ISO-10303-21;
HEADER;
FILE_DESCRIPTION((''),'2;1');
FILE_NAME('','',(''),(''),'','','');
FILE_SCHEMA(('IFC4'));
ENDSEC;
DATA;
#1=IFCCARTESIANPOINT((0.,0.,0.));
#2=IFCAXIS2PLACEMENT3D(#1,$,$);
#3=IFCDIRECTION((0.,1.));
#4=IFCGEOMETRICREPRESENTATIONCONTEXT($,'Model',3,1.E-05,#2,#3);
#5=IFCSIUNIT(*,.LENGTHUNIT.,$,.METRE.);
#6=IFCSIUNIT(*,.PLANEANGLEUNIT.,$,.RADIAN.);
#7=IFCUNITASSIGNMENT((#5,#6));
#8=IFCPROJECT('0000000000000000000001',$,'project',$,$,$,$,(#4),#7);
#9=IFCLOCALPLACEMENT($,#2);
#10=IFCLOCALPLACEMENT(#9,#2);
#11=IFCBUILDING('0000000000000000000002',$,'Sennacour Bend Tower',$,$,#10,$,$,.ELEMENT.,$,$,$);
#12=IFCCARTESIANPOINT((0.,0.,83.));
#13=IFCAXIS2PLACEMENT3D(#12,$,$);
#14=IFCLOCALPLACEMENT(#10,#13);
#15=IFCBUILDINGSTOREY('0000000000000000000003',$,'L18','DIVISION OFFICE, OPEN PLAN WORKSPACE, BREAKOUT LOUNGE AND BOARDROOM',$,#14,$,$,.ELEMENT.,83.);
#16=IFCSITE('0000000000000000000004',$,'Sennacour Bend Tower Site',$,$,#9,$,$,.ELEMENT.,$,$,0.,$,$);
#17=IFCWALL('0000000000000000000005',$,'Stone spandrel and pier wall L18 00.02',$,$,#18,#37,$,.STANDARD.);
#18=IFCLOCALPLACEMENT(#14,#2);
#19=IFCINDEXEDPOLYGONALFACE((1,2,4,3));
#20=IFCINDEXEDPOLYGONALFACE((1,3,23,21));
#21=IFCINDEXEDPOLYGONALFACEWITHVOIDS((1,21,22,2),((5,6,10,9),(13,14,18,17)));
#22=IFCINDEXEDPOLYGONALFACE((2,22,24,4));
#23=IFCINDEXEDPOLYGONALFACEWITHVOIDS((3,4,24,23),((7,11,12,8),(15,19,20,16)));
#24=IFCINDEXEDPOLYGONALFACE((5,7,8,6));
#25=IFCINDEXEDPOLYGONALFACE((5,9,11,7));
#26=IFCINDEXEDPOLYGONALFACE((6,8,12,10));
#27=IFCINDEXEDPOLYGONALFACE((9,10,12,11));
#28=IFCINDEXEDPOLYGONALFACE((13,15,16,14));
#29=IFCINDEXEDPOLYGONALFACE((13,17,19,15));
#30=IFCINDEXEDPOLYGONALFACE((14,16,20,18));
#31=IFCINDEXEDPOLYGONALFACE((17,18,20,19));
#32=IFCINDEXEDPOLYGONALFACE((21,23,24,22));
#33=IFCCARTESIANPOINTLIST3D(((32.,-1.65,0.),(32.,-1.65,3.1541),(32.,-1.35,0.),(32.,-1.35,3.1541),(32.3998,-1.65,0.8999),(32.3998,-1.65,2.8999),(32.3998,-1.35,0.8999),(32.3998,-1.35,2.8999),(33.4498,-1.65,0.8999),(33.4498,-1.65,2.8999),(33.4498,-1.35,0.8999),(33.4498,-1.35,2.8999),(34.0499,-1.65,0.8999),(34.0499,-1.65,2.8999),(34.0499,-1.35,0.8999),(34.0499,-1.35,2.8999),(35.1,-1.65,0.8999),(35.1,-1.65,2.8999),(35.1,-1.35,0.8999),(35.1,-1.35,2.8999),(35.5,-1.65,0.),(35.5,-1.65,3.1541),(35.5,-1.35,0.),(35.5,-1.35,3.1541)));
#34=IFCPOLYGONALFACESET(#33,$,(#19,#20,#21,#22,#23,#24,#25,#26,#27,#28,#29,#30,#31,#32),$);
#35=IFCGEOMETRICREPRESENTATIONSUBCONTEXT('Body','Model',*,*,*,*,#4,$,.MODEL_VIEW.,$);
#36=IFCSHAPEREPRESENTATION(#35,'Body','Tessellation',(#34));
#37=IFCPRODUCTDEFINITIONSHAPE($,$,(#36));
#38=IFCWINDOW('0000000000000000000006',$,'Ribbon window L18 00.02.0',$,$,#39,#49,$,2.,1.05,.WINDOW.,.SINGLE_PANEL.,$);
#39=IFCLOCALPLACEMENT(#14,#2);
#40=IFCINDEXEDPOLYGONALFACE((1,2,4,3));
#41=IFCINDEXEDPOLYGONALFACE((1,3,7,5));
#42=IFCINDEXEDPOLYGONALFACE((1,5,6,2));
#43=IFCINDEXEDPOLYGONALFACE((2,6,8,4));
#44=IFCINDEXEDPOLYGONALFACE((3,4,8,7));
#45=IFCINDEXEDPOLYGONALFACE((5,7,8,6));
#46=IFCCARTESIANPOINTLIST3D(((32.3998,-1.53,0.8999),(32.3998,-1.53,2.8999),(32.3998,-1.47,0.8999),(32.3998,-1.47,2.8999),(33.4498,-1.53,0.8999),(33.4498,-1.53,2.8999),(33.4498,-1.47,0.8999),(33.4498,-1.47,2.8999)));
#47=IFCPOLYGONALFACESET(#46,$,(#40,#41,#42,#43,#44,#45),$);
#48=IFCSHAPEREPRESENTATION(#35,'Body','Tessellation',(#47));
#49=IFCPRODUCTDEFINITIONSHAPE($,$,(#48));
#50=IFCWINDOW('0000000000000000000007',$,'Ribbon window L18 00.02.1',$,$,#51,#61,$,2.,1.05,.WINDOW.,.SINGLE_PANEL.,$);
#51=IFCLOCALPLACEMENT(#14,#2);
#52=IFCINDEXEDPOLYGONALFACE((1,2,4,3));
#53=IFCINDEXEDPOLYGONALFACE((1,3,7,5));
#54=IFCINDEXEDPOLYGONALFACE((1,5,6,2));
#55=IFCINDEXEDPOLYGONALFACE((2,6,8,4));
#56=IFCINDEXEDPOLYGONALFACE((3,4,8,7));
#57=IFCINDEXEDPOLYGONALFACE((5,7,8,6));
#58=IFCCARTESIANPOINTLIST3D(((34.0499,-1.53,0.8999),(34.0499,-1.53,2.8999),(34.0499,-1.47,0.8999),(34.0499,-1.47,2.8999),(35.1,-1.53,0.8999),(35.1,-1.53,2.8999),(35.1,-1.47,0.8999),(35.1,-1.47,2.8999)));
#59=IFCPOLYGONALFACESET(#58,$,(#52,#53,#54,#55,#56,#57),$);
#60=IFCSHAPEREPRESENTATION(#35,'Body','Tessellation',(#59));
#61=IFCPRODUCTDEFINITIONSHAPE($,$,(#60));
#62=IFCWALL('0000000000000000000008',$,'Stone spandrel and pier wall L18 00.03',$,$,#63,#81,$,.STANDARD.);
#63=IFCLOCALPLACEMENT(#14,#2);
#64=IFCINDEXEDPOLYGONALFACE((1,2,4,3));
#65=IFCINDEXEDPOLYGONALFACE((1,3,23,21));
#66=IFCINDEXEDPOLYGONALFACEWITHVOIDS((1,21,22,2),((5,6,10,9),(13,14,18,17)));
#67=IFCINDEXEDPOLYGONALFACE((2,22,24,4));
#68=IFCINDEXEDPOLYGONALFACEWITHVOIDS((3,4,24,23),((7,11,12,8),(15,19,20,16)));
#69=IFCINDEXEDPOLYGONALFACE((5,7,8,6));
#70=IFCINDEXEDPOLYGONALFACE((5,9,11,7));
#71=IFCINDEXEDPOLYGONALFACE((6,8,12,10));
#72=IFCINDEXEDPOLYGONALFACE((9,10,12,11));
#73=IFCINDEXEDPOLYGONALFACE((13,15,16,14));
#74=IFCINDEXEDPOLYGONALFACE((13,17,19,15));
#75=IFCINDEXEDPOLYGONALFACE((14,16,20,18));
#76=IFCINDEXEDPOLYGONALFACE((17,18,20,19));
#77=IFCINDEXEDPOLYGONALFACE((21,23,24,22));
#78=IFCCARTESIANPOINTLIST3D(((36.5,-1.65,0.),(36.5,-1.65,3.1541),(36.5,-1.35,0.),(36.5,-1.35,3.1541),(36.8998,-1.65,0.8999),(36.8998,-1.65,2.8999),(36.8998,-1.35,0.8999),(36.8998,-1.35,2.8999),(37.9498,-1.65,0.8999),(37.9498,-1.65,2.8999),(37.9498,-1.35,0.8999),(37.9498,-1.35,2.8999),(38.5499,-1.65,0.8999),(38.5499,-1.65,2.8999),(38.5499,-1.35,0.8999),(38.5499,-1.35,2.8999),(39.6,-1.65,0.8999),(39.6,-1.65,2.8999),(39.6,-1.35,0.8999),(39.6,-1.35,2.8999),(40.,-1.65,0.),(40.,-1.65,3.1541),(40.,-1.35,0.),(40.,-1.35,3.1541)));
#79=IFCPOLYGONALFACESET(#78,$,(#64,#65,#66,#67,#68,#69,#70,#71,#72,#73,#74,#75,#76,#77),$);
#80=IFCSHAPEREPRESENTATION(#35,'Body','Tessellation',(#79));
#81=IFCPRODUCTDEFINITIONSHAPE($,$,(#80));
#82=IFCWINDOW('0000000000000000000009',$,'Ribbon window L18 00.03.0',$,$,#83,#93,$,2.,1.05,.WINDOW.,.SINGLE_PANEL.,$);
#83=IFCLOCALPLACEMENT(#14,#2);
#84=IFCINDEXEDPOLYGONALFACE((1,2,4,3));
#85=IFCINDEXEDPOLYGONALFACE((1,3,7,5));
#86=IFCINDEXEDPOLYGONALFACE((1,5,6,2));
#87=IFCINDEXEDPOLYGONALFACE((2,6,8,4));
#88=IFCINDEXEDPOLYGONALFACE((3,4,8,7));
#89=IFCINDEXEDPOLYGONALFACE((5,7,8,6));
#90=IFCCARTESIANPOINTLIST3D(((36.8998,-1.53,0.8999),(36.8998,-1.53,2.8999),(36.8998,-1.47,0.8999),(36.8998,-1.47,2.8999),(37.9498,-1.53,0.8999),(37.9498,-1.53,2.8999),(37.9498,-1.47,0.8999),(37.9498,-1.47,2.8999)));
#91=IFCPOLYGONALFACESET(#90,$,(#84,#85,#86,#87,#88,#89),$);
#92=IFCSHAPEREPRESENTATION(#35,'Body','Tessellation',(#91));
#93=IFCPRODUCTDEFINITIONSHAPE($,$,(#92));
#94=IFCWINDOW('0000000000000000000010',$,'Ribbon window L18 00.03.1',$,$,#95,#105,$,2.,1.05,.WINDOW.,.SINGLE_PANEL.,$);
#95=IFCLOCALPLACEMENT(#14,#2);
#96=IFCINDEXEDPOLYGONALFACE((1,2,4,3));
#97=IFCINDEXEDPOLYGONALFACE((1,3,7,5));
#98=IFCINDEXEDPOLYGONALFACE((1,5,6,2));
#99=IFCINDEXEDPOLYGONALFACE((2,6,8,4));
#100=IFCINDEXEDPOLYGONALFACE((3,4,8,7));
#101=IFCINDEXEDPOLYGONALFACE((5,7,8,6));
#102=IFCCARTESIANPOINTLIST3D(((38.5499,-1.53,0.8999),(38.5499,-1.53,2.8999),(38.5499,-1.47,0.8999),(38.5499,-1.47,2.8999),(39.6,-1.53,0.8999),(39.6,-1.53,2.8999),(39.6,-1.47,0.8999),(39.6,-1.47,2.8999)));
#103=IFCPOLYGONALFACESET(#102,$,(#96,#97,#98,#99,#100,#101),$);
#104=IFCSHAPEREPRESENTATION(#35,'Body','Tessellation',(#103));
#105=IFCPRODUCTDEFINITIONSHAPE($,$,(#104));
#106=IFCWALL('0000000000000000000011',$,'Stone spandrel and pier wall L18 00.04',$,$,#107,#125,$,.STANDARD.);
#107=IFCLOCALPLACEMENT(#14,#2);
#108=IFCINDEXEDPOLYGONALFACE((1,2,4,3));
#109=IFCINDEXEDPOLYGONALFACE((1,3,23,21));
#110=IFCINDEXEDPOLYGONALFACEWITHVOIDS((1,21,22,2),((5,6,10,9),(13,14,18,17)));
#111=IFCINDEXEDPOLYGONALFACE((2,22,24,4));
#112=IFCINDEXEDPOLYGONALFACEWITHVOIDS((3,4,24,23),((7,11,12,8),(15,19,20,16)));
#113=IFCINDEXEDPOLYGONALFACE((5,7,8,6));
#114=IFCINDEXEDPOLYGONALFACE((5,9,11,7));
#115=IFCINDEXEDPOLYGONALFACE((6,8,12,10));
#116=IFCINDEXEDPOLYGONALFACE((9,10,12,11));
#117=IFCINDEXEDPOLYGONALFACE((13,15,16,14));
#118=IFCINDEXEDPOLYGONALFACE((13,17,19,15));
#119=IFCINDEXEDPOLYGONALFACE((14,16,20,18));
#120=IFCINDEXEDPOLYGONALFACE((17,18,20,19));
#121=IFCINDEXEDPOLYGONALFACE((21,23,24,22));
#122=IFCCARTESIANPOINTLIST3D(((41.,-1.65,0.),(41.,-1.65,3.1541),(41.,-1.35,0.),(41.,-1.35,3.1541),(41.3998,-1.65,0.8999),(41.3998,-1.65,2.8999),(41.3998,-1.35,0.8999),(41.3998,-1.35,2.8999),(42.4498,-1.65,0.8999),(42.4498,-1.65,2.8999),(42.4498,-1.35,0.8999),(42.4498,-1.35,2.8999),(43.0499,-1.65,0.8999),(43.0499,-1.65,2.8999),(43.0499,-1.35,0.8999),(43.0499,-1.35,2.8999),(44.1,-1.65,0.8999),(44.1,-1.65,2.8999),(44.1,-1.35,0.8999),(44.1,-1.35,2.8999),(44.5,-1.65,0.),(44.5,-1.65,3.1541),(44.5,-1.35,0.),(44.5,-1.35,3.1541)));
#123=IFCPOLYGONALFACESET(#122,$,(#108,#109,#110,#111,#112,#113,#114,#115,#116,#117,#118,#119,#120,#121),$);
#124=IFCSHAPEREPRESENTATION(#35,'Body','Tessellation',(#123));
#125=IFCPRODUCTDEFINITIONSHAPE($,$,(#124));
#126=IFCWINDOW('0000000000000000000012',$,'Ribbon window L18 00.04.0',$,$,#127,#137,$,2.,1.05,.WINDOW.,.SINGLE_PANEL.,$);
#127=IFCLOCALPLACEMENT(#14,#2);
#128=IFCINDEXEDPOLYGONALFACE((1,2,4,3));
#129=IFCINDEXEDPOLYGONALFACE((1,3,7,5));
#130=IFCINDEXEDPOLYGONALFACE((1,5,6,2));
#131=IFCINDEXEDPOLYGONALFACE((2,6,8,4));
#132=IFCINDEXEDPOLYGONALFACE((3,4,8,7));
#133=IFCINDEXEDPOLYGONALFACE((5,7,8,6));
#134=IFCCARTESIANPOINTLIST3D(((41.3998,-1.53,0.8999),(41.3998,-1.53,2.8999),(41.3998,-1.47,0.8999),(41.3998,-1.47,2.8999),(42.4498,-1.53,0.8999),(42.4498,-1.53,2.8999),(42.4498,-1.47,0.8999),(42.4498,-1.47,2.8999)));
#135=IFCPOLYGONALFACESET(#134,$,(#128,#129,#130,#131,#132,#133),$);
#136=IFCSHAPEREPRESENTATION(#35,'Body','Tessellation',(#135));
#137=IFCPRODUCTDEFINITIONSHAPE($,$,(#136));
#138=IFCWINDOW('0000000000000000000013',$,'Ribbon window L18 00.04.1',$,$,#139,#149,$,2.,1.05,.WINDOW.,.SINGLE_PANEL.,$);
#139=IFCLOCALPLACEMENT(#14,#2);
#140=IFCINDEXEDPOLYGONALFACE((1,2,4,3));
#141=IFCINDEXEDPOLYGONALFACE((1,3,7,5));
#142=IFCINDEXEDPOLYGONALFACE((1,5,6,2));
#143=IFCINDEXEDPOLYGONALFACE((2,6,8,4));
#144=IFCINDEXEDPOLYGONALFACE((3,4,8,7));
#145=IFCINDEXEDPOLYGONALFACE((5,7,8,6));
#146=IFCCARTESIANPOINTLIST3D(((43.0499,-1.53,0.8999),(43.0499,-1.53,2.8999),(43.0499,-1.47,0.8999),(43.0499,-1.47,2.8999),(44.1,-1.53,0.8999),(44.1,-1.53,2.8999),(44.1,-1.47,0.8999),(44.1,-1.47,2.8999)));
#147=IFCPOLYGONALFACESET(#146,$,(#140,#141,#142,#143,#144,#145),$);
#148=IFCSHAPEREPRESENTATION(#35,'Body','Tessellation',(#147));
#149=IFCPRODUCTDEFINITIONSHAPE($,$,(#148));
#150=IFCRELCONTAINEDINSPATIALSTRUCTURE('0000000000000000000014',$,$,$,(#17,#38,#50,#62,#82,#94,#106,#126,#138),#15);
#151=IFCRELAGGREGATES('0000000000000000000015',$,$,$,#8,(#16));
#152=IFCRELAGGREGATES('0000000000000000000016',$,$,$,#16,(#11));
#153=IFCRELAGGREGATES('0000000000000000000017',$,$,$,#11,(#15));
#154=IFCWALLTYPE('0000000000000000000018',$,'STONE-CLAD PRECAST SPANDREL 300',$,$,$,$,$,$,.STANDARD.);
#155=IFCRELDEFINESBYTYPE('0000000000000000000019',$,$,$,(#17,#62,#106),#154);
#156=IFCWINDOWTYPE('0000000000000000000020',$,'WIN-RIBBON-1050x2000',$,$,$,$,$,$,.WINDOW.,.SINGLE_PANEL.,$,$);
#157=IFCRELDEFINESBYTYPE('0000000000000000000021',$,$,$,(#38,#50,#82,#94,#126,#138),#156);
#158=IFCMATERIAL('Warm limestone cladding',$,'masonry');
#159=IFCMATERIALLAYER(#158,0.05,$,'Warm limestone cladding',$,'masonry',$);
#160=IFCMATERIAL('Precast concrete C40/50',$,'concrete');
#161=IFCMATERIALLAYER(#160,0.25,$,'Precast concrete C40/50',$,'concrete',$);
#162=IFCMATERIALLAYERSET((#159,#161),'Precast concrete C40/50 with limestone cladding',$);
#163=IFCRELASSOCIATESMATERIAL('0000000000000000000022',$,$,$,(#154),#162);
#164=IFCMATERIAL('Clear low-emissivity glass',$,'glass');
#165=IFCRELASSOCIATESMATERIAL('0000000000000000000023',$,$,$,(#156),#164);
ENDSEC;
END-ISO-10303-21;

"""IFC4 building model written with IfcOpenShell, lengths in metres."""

from ifc_helpers import new_model, si_unit, direction, frame, frame_2d, origin, place, context, subcontext, project, spatial, rectangle, extrude, material, layer, layer_set, type_object, element, fill, save


model = new_model("IFC4")

# Units and contexts
model_context = context("Model", 3, precision=1e-05, world=origin(), true_north=direction((0.0, 1.0)))
body_context = subcontext(model_context, "Body", "Model", "MODEL_VIEW")
ifc_project = project(units=[si_unit("LENGTHUNIT", "METRE"), si_unit("PLANEANGLEUNIT", "RADIAN")], contexts=[model_context])

# Site, building, storey
site_placement = place(None, origin())
site = spatial("IfcSite", under=ifc_project, at=site_placement, Name="Sennacour Bend Tower Site", CompositionType="ELEMENT", RefElevation=0.0)
building_placement = place(site_placement, origin())
building = spatial("IfcBuilding", under=site, at=building_placement, Name="Sennacour Bend Tower", CompositionType="ELEMENT")
storey_placement = place(building_placement, frame((0.0, 0.0, 83.0)))
storey = spatial("IfcBuildingStorey", under=building, at=storey_placement, Name="L18", Description="DIVISION OFFICE, OPEN PLAN WORKSPACE, BREAKOUT LOUNGE AND BOARDROOM", CompositionType="ELEMENT", Elevation=83.0)

# Walls, openings, windows
ifc_material_1 = material(Name="Warm limestone cladding", Category="masonry")
ifc_layer_1 = layer(ifc_material_1, 0.05, Name="Warm limestone cladding", Category="masonry")
ifc_material_2 = material(Name="Precast concrete C40/50", Category="concrete")
ifc_layer_2 = layer(ifc_material_2, 0.25, Name="Precast concrete C40/50", Category="concrete")
ifc_layer_set_1 = layer_set([ifc_layer_1, ifc_layer_2], Name="Precast concrete C40/50 with limestone cladding")
wall_type_1 = type_object("IfcWallType", Name="STONE-CLAD PRECAST SPANDREL 300", PredefinedType="STANDARD", material=ifc_layer_set_1)
wall_1_placement = place(storey_placement, frame((32.0, -1.5, 0.0), z_axis=(0.0, 0.0, 1.0), x_axis=(1.0, 0.0, 0.0)))
wall_1 = element("IfcWall", 1, at=wall_1_placement, inside=storey, type_object=wall_type_1, Name="Stone spandrel and pier wall L18 00.02", PredefinedType="STANDARD", context=body_context, shape_type="SweptSolid", body=[
    extrude(rectangle(XDim=3.5, YDim=0.3, at=frame_2d((1.75, 0.0))), origin(), (0.0, 0.0, 1.0), 3.1541),
])
opening_1_placement = place(wall_1_placement, frame((0.3999, 0.0, 0.8999)))
opening_1 = element("IfcOpeningElement", 2, at=opening_1_placement, cuts=wall_1, PredefinedType="OPENING", context=body_context, shape_type="SweptSolid", body=[
    extrude(rectangle(XDim=1.05, YDim=2.0, at=frame_2d((0.5249, 1.0))), frame((0.0, 0.1602, 0.0), z_axis=(0.0, -1.0, 0.0), x_axis=(1.0, 0.0, 0.0)), (0.0, 0.0, 1.0), 0.3201),
])
opening_2_placement = place(wall_1_placement, frame((2.05, 0.0, 0.8999)))
opening_2 = element("IfcOpeningElement", 3, at=opening_2_placement, cuts=wall_1, PredefinedType="OPENING", context=body_context, shape_type="SweptSolid", body=[
    extrude(rectangle(XDim=1.05, YDim=2.0, at=frame_2d((0.5249, 1.0))), frame((0.0, 0.1602, 0.0), z_axis=(0.0, -1.0, 0.0), x_axis=(1.0, 0.0, 0.0)), (0.0, 0.0, 1.0), 0.3201),
])
ifc_material_3 = material(Name="Clear low-emissivity glass", Category="glass")
window_type = type_object("IfcWindowType", Name="WIN-RIBBON-1050x2000", PartitioningType="SINGLE_PANEL", PredefinedType="WINDOW", material=ifc_material_3)
window_1_placement = place(opening_1_placement, origin())
window_1 = element("IfcWindow", 4, at=window_1_placement, inside=storey, type_object=window_type, Name="Ribbon window L18 00.02.0", OverallHeight=2.0, OverallWidth=1.05, PartitioningType="SINGLE_PANEL", PredefinedType="WINDOW", context=body_context, shape_type="SweptSolid", body=[
    extrude(rectangle(XDim=1.05, YDim=2.0, at=frame_2d((0.5249, 1.0))), frame((0.0, 0.03, 0.0), z_axis=(0.0, -1.0, 0.0), x_axis=(1.0, 0.0, 0.0)), (0.0, 0.0, 1.0), 0.0601),
])
fill(opening_1, window_1)
window_2_placement = place(opening_2_placement, origin())
window_2 = element("IfcWindow", 5, at=window_2_placement, inside=storey, type_object=window_type, Name="Ribbon window L18 00.02.1", OverallHeight=2.0, OverallWidth=1.05, PartitioningType="SINGLE_PANEL", PredefinedType="WINDOW", context=body_context, shape_type="SweptSolid", body=[
    extrude(rectangle(XDim=1.05, YDim=2.0, at=frame_2d((0.5249, 1.0))), frame((0.0, 0.03, 0.0), z_axis=(0.0, -1.0, 0.0), x_axis=(1.0, 0.0, 0.0)), (0.0, 0.0, 1.0), 0.0601),
])
fill(opening_2, window_2)
wall_2_placement = place(storey_placement, frame((36.5, -1.5, 0.0), z_axis=(0.0, 0.0, 1.0), x_axis=(1.0, 0.0, 0.0)))
wall_2 = element("IfcWall", 6, at=wall_2_placement, inside=storey, type_object=wall_type_1, Name="Stone spandrel and pier wall L18 00.03", PredefinedType="STANDARD", context=body_context, shape_type="SweptSolid", body=[
    extrude(rectangle(XDim=3.5, YDim=0.3, at=frame_2d((1.75, 0.0))), origin(), (0.0, 0.0, 1.0), 3.1541),
])
opening_3_placement = place(wall_2_placement, frame((0.3999, 0.0, 0.8999)))
opening_3 = element("IfcOpeningElement", 7, at=opening_3_placement, cuts=wall_2, PredefinedType="OPENING", context=body_context, shape_type="SweptSolid", body=[
    extrude(rectangle(XDim=1.05, YDim=2.0, at=frame_2d((0.5249, 1.0))), frame((0.0, 0.1602, 0.0), z_axis=(0.0, -1.0, 0.0), x_axis=(1.0, 0.0, 0.0)), (0.0, 0.0, 1.0), 0.3201),
])
opening_4_placement = place(wall_2_placement, frame((2.05, 0.0, 0.8999)))
opening_4 = element("IfcOpeningElement", 8, at=opening_4_placement, cuts=wall_2, PredefinedType="OPENING", context=body_context, shape_type="SweptSolid", body=[
    extrude(rectangle(XDim=1.05, YDim=2.0, at=frame_2d((0.5249, 1.0))), frame((0.0, 0.1602, 0.0), z_axis=(0.0, -1.0, 0.0), x_axis=(1.0, 0.0, 0.0)), (0.0, 0.0, 1.0), 0.3201),
])
window_3_placement = place(opening_3_placement, origin())
window_3 = element("IfcWindow", 9, at=window_3_placement, inside=storey, type_object=window_type, Name="Ribbon window L18 00.03.0", OverallHeight=2.0, OverallWidth=1.05, PartitioningType="SINGLE_PANEL", PredefinedType="WINDOW", context=body_context, shape_type="SweptSolid", body=[
    extrude(rectangle(XDim=1.05, YDim=2.0, at=frame_2d((0.5249, 1.0))), frame((0.0, 0.03, 0.0), z_axis=(0.0, -1.0, 0.0), x_axis=(1.0, 0.0, 0.0)), (0.0, 0.0, 1.0), 0.0601),
])
fill(opening_3, window_3)
window_4_placement = place(opening_4_placement, origin())
window_4 = element("IfcWindow", 10, at=window_4_placement, inside=storey, type_object=window_type, Name="Ribbon window L18 00.03.1", OverallHeight=2.0, OverallWidth=1.05, PartitioningType="SINGLE_PANEL", PredefinedType="WINDOW", context=body_context, shape_type="SweptSolid", body=[
    extrude(rectangle(XDim=1.05, YDim=2.0, at=frame_2d((0.5249, 1.0))), frame((0.0, 0.03, 0.0), z_axis=(0.0, -1.0, 0.0), x_axis=(1.0, 0.0, 0.0)), (0.0, 0.0, 1.0), 0.0601),
])
fill(opening_4, window_4)
wall_3_placement = place(storey_placement, frame((41.0, -1.5, 0.0), z_axis=(0.0, 0.0, 1.0), x_axis=(1.0, 0.0, 0.0)))
wall_3 = element("IfcWall", 11, at=wall_3_placement, inside=storey, type_object=wall_type_1, Name="Stone spandrel and pier wall L18 00.04", PredefinedType="STANDARD", context=body_context, shape_type="SweptSolid", body=[
    extrude(rectangle(XDim=3.5, YDim=0.3, at=frame_2d((1.75, 0.0))), origin(), (0.0, 0.0, 1.0), 3.1541),
])
opening_5_placement = place(wall_3_placement, frame((0.3999, 0.0, 0.8999)))
opening_5 = element("IfcOpeningElement", 12, at=opening_5_placement, cuts=wall_3, PredefinedType="OPENING", context=body_context, shape_type="SweptSolid", body=[
    extrude(rectangle(XDim=1.05, YDim=2.0, at=frame_2d((0.5249, 1.0))), frame((0.0, 0.1602, 0.0), z_axis=(0.0, -1.0, 0.0), x_axis=(1.0, 0.0, 0.0)), (0.0, 0.0, 1.0), 0.3201),
])
opening_6_placement = place(wall_3_placement, frame((2.05, 0.0, 0.8999)))
opening_6 = element("IfcOpeningElement", 13, at=opening_6_placement, cuts=wall_3, PredefinedType="OPENING", context=body_context, shape_type="SweptSolid", body=[
    extrude(rectangle(XDim=1.05, YDim=2.0, at=frame_2d((0.5249, 1.0))), frame((0.0, 0.1602, 0.0), z_axis=(0.0, -1.0, 0.0), x_axis=(1.0, 0.0, 0.0)), (0.0, 0.0, 1.0), 0.3201),
])
window_5_placement = place(opening_5_placement, origin())
window_5 = element("IfcWindow", 14, at=window_5_placement, inside=storey, type_object=window_type, Name="Ribbon window L18 00.04.0", OverallHeight=2.0, OverallWidth=1.05, PartitioningType="SINGLE_PANEL", PredefinedType="WINDOW", context=body_context, shape_type="SweptSolid", body=[
    extrude(rectangle(XDim=1.05, YDim=2.0, at=frame_2d((0.5249, 1.0))), frame((0.0, 0.03, 0.0), z_axis=(0.0, -1.0, 0.0), x_axis=(1.0, 0.0, 0.0)), (0.0, 0.0, 1.0), 0.0601),
])
fill(opening_5, window_5)
window_6_placement = place(opening_6_placement, origin())
window_6 = element("IfcWindow", 15, at=window_6_placement, inside=storey, type_object=window_type, Name="Ribbon window L18 00.04.1", OverallHeight=2.0, OverallWidth=1.05, PartitioningType="SINGLE_PANEL", PredefinedType="WINDOW", context=body_context, shape_type="SweptSolid", body=[
    extrude(rectangle(XDim=1.05, YDim=2.0, at=frame_2d((0.5249, 1.0))), frame((0.0, 0.03, 0.0), z_axis=(0.0, -1.0, 0.0), x_axis=(1.0, 0.0, 0.0)), (0.0, 0.0, 1.0), 0.0601),
])
fill(opening_6, window_6)

save(model, "model.ifc")
